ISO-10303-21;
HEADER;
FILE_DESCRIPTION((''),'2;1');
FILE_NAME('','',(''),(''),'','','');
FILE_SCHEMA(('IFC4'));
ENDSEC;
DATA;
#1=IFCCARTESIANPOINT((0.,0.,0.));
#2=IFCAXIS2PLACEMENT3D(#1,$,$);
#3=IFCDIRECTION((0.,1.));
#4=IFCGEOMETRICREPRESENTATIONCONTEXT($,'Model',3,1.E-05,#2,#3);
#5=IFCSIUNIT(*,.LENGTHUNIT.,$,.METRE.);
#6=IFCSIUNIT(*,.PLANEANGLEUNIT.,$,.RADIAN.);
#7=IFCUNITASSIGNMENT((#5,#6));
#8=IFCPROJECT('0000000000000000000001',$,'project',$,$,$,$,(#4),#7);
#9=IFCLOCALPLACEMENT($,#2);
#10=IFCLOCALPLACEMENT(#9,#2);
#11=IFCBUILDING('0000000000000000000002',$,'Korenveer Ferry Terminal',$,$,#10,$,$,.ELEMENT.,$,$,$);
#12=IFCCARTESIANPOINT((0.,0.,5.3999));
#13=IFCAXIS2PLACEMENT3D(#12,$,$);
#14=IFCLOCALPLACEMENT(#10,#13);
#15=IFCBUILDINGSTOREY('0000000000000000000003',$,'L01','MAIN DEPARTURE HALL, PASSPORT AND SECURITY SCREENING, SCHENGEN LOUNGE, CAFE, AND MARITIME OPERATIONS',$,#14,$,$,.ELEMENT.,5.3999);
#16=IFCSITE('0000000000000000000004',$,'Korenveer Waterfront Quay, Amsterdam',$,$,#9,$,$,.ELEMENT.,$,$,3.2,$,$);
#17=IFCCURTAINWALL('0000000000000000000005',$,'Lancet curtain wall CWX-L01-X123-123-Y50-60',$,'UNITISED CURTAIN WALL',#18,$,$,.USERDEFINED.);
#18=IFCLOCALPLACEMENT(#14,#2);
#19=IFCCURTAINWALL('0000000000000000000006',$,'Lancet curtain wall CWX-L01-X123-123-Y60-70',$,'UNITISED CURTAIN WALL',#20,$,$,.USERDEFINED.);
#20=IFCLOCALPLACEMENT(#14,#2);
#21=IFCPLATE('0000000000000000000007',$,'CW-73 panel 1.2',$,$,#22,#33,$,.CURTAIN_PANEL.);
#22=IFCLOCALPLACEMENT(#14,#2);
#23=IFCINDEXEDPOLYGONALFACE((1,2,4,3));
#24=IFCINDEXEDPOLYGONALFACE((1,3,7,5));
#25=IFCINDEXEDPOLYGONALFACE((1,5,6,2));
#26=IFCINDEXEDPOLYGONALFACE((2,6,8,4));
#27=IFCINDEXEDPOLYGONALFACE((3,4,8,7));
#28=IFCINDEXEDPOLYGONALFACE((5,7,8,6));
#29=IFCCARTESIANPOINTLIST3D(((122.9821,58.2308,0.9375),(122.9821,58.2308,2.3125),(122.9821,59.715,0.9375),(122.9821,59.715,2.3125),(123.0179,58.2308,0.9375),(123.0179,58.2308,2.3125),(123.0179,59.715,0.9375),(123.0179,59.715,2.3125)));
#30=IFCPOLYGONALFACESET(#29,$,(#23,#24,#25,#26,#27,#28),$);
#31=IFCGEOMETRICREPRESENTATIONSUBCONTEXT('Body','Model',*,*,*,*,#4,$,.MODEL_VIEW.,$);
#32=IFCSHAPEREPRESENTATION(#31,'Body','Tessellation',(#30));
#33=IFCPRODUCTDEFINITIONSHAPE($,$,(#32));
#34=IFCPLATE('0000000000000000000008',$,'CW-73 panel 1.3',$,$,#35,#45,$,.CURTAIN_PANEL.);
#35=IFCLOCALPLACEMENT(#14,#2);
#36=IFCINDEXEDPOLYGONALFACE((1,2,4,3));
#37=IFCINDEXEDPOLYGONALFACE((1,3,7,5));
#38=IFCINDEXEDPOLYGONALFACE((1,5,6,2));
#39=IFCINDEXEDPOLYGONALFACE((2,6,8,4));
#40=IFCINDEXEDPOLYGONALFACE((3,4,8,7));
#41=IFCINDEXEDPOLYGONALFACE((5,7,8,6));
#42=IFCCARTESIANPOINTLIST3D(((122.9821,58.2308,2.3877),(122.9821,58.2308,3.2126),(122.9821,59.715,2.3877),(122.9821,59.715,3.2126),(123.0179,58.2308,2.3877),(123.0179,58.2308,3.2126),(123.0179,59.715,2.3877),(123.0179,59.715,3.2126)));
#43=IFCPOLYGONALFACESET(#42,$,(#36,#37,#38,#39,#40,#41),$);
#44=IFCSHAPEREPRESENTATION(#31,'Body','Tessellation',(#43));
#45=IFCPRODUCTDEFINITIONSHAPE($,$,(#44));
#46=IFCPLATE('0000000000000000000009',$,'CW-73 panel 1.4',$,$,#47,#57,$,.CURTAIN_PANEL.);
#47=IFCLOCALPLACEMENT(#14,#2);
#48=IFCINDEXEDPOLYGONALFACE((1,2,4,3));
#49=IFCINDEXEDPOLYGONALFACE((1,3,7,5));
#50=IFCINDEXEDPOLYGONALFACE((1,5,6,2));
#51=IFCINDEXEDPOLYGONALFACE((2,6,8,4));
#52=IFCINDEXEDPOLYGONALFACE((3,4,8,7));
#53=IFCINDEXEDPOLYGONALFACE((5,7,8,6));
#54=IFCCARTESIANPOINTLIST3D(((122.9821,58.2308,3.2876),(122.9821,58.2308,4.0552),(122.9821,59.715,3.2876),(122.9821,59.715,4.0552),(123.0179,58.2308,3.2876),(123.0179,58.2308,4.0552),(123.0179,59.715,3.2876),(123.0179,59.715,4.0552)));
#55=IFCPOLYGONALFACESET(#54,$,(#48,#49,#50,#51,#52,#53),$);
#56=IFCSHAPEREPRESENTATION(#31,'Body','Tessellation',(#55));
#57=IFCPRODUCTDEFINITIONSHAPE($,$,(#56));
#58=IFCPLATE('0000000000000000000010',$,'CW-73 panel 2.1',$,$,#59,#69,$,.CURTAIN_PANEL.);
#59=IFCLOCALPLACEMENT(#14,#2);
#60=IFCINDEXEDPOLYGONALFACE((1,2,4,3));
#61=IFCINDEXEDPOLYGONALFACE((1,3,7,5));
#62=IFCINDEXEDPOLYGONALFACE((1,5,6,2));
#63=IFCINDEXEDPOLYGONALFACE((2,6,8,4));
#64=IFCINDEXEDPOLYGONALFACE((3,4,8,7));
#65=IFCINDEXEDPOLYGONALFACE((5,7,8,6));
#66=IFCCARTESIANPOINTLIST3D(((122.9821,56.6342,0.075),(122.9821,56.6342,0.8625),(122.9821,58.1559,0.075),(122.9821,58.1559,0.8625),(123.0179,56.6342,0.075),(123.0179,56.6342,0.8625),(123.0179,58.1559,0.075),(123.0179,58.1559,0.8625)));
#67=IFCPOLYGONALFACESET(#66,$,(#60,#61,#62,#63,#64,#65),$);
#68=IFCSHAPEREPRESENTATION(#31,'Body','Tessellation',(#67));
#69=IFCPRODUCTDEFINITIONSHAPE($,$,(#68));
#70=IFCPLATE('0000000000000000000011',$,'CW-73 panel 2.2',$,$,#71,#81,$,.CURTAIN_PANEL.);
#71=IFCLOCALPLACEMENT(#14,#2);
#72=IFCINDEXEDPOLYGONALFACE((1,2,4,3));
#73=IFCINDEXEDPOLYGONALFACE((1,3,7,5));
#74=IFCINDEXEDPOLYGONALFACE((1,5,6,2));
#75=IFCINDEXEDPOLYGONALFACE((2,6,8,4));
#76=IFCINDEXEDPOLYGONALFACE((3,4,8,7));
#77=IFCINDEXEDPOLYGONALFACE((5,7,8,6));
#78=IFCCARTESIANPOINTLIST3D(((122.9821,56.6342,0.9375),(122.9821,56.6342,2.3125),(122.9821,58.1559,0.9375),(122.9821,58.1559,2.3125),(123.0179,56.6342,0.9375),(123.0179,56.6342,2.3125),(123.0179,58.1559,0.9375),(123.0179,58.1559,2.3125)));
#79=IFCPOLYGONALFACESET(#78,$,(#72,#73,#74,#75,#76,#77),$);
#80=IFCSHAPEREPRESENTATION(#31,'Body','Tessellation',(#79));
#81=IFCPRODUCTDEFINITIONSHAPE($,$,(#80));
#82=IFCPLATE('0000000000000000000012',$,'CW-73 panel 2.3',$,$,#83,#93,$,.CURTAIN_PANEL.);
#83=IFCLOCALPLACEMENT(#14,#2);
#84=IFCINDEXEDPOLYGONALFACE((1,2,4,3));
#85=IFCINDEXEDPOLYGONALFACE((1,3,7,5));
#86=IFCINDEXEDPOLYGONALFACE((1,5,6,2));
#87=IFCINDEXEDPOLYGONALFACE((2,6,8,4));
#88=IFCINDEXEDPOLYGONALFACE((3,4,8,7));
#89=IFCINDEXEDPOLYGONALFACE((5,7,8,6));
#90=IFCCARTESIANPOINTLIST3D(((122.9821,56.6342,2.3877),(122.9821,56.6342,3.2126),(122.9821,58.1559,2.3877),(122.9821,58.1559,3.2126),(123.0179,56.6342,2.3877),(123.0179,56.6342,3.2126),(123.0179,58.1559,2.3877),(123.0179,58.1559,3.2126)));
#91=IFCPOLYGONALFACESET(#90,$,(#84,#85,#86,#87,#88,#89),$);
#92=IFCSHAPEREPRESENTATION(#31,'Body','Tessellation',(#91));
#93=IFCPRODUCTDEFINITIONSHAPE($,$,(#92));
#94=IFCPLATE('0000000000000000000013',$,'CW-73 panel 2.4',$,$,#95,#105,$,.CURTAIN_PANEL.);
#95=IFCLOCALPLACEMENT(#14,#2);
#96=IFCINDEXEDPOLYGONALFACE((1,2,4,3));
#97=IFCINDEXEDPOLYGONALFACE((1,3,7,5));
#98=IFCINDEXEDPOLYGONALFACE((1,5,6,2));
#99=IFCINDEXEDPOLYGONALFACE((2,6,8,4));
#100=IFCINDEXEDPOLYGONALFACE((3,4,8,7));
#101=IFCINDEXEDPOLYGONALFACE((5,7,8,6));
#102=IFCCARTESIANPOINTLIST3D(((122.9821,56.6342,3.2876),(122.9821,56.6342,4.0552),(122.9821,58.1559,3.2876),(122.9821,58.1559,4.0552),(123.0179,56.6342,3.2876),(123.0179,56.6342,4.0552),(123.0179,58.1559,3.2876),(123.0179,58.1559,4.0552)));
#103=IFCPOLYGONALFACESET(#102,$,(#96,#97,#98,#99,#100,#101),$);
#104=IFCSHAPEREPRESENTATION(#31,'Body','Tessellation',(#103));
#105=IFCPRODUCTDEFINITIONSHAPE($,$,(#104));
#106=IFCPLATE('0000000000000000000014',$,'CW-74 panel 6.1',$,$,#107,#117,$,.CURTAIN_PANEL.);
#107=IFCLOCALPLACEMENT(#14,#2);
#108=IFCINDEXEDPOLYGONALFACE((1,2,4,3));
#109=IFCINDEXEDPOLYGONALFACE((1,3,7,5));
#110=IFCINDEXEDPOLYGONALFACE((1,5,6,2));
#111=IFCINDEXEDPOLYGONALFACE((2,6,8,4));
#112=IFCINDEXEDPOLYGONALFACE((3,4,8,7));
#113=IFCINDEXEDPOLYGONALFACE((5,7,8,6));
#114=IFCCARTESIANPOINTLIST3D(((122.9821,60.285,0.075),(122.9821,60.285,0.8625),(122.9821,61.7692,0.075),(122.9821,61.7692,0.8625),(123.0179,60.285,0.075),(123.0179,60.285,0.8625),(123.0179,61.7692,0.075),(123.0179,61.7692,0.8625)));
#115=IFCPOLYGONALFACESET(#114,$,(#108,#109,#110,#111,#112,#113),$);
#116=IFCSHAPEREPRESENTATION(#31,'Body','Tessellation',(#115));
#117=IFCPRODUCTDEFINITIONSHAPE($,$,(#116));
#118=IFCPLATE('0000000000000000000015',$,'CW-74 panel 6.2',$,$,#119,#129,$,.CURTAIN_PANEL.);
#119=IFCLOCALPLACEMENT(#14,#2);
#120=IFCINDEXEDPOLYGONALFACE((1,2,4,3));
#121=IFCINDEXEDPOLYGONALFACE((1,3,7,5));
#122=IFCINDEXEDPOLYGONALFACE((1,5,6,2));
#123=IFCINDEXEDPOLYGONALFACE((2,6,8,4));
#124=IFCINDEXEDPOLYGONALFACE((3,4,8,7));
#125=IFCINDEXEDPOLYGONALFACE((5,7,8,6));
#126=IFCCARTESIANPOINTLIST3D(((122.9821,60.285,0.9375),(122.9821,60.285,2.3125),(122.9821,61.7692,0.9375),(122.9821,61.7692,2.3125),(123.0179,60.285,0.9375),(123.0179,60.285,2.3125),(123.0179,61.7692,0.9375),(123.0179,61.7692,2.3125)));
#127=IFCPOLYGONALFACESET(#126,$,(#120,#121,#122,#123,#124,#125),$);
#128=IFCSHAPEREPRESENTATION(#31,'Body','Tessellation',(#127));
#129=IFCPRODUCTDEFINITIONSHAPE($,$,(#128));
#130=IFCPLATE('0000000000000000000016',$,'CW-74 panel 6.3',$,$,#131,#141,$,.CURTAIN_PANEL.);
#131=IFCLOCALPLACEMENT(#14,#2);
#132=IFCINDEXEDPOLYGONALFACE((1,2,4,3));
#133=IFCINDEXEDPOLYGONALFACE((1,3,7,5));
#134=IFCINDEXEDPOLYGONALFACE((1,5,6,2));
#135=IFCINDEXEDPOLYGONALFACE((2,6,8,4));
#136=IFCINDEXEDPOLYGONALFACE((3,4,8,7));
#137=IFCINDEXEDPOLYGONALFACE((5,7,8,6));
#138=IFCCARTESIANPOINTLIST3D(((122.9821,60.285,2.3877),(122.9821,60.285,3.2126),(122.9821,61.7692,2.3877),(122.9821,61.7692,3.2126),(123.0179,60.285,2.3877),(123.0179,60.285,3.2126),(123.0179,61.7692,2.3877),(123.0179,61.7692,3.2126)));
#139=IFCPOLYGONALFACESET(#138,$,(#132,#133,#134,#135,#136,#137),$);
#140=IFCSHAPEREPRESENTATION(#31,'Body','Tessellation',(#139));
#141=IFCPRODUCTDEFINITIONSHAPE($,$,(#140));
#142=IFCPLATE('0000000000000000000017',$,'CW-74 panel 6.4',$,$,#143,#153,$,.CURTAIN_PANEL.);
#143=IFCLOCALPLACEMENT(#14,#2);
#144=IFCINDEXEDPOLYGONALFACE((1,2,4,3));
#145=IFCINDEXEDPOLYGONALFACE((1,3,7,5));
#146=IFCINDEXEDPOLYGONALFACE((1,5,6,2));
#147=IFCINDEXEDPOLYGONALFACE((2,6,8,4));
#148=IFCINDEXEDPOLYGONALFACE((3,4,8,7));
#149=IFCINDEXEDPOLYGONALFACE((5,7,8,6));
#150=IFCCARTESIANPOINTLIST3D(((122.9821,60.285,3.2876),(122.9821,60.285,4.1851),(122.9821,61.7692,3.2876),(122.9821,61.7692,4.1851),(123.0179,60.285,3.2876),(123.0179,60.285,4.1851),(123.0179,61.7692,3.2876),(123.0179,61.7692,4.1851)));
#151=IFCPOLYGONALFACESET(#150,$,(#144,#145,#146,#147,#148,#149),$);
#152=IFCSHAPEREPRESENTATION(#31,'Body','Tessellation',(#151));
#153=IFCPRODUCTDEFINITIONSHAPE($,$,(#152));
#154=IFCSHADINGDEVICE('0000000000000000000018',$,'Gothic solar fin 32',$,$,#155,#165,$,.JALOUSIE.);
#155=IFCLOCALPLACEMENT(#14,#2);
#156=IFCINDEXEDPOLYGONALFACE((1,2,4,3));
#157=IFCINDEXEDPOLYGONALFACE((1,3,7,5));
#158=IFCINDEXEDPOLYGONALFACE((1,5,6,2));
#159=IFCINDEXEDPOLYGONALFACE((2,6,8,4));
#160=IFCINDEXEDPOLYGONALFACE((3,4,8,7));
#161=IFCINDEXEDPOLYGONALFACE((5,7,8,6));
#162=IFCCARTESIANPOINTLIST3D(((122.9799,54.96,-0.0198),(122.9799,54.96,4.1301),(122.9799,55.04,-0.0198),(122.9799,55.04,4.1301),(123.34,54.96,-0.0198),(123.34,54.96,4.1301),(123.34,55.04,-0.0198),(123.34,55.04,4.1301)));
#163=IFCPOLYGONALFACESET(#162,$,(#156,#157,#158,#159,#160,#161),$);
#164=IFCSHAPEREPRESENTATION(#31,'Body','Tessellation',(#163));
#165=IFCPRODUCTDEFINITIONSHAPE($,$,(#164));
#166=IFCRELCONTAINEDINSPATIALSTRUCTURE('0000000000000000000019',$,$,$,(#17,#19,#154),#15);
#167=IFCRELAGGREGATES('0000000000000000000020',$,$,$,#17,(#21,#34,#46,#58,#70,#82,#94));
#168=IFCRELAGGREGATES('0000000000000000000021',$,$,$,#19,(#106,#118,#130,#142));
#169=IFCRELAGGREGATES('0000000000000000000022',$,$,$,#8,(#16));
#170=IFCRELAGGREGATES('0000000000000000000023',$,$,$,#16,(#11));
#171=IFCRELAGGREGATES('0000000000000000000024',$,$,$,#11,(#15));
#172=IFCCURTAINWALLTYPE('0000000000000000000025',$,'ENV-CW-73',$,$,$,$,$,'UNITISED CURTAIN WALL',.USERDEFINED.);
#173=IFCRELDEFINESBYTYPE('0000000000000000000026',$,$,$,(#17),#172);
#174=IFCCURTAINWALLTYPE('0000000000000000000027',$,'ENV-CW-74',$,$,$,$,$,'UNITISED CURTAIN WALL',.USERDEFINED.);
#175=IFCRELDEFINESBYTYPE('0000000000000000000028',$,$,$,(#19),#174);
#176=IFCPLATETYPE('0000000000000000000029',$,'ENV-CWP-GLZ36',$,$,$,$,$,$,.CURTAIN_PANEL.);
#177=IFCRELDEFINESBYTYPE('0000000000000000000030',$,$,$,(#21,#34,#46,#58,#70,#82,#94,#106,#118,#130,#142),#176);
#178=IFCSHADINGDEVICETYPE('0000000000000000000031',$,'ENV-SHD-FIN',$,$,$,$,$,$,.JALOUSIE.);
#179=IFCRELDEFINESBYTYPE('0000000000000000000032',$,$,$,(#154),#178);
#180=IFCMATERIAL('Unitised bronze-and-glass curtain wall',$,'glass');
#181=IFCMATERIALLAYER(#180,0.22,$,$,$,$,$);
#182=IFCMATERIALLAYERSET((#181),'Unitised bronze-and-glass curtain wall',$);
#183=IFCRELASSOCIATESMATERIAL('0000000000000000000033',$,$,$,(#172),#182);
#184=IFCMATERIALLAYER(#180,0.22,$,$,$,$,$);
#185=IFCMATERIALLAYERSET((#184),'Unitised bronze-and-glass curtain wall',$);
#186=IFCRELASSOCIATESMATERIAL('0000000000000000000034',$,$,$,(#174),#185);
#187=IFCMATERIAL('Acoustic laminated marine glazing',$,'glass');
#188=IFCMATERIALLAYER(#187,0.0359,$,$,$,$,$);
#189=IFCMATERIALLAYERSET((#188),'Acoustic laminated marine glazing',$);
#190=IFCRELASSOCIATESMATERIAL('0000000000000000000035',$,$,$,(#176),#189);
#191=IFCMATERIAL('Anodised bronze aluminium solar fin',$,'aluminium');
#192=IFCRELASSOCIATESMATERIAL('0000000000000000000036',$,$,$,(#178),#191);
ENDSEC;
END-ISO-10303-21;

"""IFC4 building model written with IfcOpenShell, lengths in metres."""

from ifc_helpers import new_model, si_unit, direction, frame, origin, origin_2d, place, context, subcontext, project, spatial, rectangle, extrude, material, layer, layer_set, type_object, element, aggregate, save


model = new_model("IFC4")

# Units and contexts
model_context = context("Model", 3, precision=1e-05, world=origin(), true_north=direction((0.0, 1.0)))
body_context = subcontext(model_context, "Body", "Model", "MODEL_VIEW")
ifc_project = project(units=[si_unit("LENGTHUNIT", "METRE"), si_unit("PLANEANGLEUNIT", "RADIAN")], contexts=[model_context])

# Site, building, storey
site_placement = place(None, origin())
site = spatial("IfcSite", under=ifc_project, at=site_placement, Name="Korenveer Waterfront Quay, Amsterdam", CompositionType="ELEMENT", RefElevation=3.2)
building_placement = place(site_placement, origin())
building = spatial("IfcBuilding", under=site, at=building_placement, Name="Korenveer Ferry Terminal", CompositionType="ELEMENT")
storey_placement = place(building_placement, frame((0.0, 0.0, 5.3999)))
storey = spatial("IfcBuildingStorey", under=building, at=storey_placement, Name="L01", Description="MAIN DEPARTURE HALL, PASSPORT AND SECURITY SCREENING, SCHENGEN LOUNGE, CAFE, AND MARITIME OPERATIONS", CompositionType="ELEMENT", Elevation=5.3999)

# Curtain wall
ifc_material_1 = material(Name="Unitised bronze-and-glass curtain wall", Category="glass")
ifc_layer_1 = layer(ifc_material_1, 0.22)
ifc_layer_set_1 = layer_set([ifc_layer_1], Name="Unitised bronze-and-glass curtain wall")
curtain_wall_type_1 = type_object("IfcCurtainWallType", Name="ENV-CW-73", ElementType="UNITISED CURTAIN WALL", PredefinedType="USERDEFINED", material=ifc_layer_set_1)
curtain_wall_1_placement = place(storey_placement, frame((123.0, 59.79, 0.0)))
curtain_wall_1 = element("IfcCurtainWall", 1, at=curtain_wall_1_placement, inside=storey, type_object=curtain_wall_type_1, Name="Lancet curtain wall CWX-L01-X123-123-Y50-60", ObjectType="UNITISED CURTAIN WALL", PredefinedType="USERDEFINED")

# Curtain wall
ifc_layer_2 = layer(ifc_material_1, 0.22)
ifc_layer_set_2 = layer_set([ifc_layer_2], Name="Unitised bronze-and-glass curtain wall")
curtain_wall_type_2 = type_object("IfcCurtainWallType", Name="ENV-CW-74", ElementType="UNITISED CURTAIN WALL", PredefinedType="USERDEFINED", material=ifc_layer_set_2)
curtain_wall_2_placement = place(storey_placement, frame((123.0, 69.79, 0.0)))
curtain_wall_2 = element("IfcCurtainWall", 2, at=curtain_wall_2_placement, inside=storey, type_object=curtain_wall_type_2, Name="Lancet curtain wall CWX-L01-X123-123-Y60-70", ObjectType="UNITISED CURTAIN WALL", PredefinedType="USERDEFINED")

# Plates
ifc_material_2 = material(Name="Acoustic laminated marine glazing", Category="glass")
ifc_layer_3 = layer(ifc_material_2, 0.0359)
ifc_layer_set_3 = layer_set([ifc_layer_3], Name="Acoustic laminated marine glazing")
plate_type = type_object("IfcPlateType", Name="ENV-CWP-GLZ36", PredefinedType="CURTAIN_PANEL", material=ifc_layer_set_3)
plate_1_placement = place(storey_placement, frame((123.0, 58.9729, 0.9375), z_axis=(0.0, 0.0, 1.0), x_axis=(0.0, -1.0, 0.0)))
plate_1 = element("IfcPlate", 3, at=plate_1_placement, type_object=plate_type, Name="CW-73 panel 1.2", PredefinedType="CURTAIN_PANEL", context=body_context, shape_type="SweptSolid", body=[
    extrude(rectangle(XDim=1.4841, YDim=0.0359, at=origin_2d()), origin(), (0.0, 0.0, 1.0), 1.375),
])
plate_2_placement = place(storey_placement, frame((123.0, 58.9729, 2.3877), z_axis=(0.0, 0.0, 1.0), x_axis=(0.0, -1.0, 0.0)))
plate_2 = element("IfcPlate", 4, at=plate_2_placement, type_object=plate_type, Name="CW-73 panel 1.3", PredefinedType="CURTAIN_PANEL", context=body_context, shape_type="SweptSolid", body=[
    extrude(rectangle(XDim=1.4841, YDim=0.0359, at=origin_2d()), origin(), (0.0, 0.0, 1.0), 0.825),
])
plate_3_placement = place(storey_placement, frame((123.0, 58.9729, 3.2876), z_axis=(0.0, 0.0, 1.0), x_axis=(0.0, -1.0, 0.0)))
plate_3 = element("IfcPlate", 5, at=plate_3_placement, type_object=plate_type, Name="CW-73 panel 1.4", PredefinedType="CURTAIN_PANEL", context=body_context, shape_type="SweptSolid", body=[
    extrude(rectangle(XDim=1.4841, YDim=0.0359, at=origin_2d()), origin(), (0.0, 0.0, 1.0), 0.7676),
])
plate_4_placement = place(storey_placement, frame((123.0, 57.395, 0.075), z_axis=(0.0, 0.0, 1.0), x_axis=(0.0, -1.0, 0.0)))
plate_4 = element("IfcPlate", 6, at=plate_4_placement, type_object=plate_type, Name="CW-73 panel 2.1", PredefinedType="CURTAIN_PANEL", context=body_context, shape_type="SweptSolid", body=[
    extrude(rectangle(XDim=1.5217, YDim=0.0359, at=origin_2d()), origin(), (0.0, 0.0, 1.0), 0.7876),
])
plate_5_placement = place(storey_placement, frame((123.0, 57.395, 0.9375), z_axis=(0.0, 0.0, 1.0), x_axis=(0.0, -1.0, 0.0)))
plate_5 = element("IfcPlate", 7, at=plate_5_placement, type_object=plate_type, Name="CW-73 panel 2.2", PredefinedType="CURTAIN_PANEL", context=body_context, shape_type="SweptSolid", body=[
    extrude(rectangle(XDim=1.5217, YDim=0.0359, at=origin_2d()), origin(), (0.0, 0.0, 1.0), 1.375),
])
plate_6_placement = place(storey_placement, frame((123.0, 57.395, 2.3877), z_axis=(0.0, 0.0, 1.0), x_axis=(0.0, -1.0, 0.0)))
plate_6 = element("IfcPlate", 8, at=plate_6_placement, type_object=plate_type, Name="CW-73 panel 2.3", PredefinedType="CURTAIN_PANEL", context=body_context, shape_type="SweptSolid", body=[
    extrude(rectangle(XDim=1.5217, YDim=0.0359, at=origin_2d()), origin(), (0.0, 0.0, 1.0), 0.825),
])
plate_7_placement = place(storey_placement, frame((123.0, 57.395, 3.2876), z_axis=(0.0, 0.0, 1.0), x_axis=(0.0, -1.0, 0.0)))
plate_7 = element("IfcPlate", 9, at=plate_7_placement, type_object=plate_type, Name="CW-73 panel 2.4", PredefinedType="CURTAIN_PANEL", context=body_context, shape_type="SweptSolid", body=[
    extrude(rectangle(XDim=1.5217, YDim=0.0359, at=origin_2d()), origin(), (0.0, 0.0, 1.0), 0.7676),
])
aggregate(curtain_wall_1, [plate_1, plate_2, plate_3, plate_4, plate_5, plate_6, plate_7])
plate_8_placement = place(storey_placement, frame((123.0, 61.0271, 0.075), z_axis=(0.0, 0.0, 1.0), x_axis=(0.0, -1.0, 0.0)))
plate_8 = element("IfcPlate", 10, at=plate_8_placement, type_object=plate_type, Name="CW-74 panel 6.1", PredefinedType="CURTAIN_PANEL", context=body_context, shape_type="SweptSolid", body=[
    extrude(rectangle(XDim=1.4841, YDim=0.0359, at=origin_2d()), origin(), (0.0, 0.0, 1.0), 0.7876),
])
plate_9_placement = place(storey_placement, frame((123.0, 61.0271, 0.9375), z_axis=(0.0, 0.0, 1.0), x_axis=(0.0, -1.0, 0.0)))
plate_9 = element("IfcPlate", 11, at=plate_9_placement, type_object=plate_type, Name="CW-74 panel 6.2", PredefinedType="CURTAIN_PANEL", context=body_context, shape_type="SweptSolid", body=[
    extrude(rectangle(XDim=1.4841, YDim=0.0359, at=origin_2d()), origin(), (0.0, 0.0, 1.0), 1.375),
])
plate_10_placement = place(storey_placement, frame((123.0, 61.0271, 2.3877), z_axis=(0.0, 0.0, 1.0), x_axis=(0.0, -1.0, 0.0)))
plate_10 = element("IfcPlate", 12, at=plate_10_placement, type_object=plate_type, Name="CW-74 panel 6.3", PredefinedType="CURTAIN_PANEL", context=body_context, shape_type="SweptSolid", body=[
    extrude(rectangle(XDim=1.4841, YDim=0.0359, at=origin_2d()), origin(), (0.0, 0.0, 1.0), 0.825),
])
plate_11_placement = place(storey_placement, frame((123.0, 61.0271, 3.2876), z_axis=(0.0, 0.0, 1.0), x_axis=(0.0, -1.0, 0.0)))
plate_11 = element("IfcPlate", 13, at=plate_11_placement, type_object=plate_type, Name="CW-74 panel 6.4", PredefinedType="CURTAIN_PANEL", context=body_context, shape_type="SweptSolid", body=[
    extrude(rectangle(XDim=1.4841, YDim=0.0359, at=origin_2d()), origin(), (0.0, 0.0, 1.0), 0.8975),
])
aggregate(curtain_wall_2, [plate_8, plate_9, plate_10, plate_11])

# Shading device
ifc_material_3 = material(Name="Anodised bronze aluminium solar fin", Category="aluminium")
shading_device_type = type_object("IfcShadingDeviceType", Name="ENV-SHD-FIN", PredefinedType="JALOUSIE", material=ifc_material_3)
shading_device_placement = place(storey_placement, frame((123.1599, 55.0, -0.0198), z_axis=(0.0, 0.0, 1.0), x_axis=(1.0, 0.0, 0.0)))
element("IfcShadingDevice", 14, at=shading_device_placement, inside=storey, type_object=shading_device_type, Name="Gothic solar fin 32", PredefinedType="JALOUSIE", context=body_context, shape_type="SweptSolid", body=[
    extrude(rectangle(XDim=0.3601, YDim=0.0801, at=origin_2d()), origin(), (0.0, 0.0, 1.0), 4.1499),
])

save(model, "model.ifc")
